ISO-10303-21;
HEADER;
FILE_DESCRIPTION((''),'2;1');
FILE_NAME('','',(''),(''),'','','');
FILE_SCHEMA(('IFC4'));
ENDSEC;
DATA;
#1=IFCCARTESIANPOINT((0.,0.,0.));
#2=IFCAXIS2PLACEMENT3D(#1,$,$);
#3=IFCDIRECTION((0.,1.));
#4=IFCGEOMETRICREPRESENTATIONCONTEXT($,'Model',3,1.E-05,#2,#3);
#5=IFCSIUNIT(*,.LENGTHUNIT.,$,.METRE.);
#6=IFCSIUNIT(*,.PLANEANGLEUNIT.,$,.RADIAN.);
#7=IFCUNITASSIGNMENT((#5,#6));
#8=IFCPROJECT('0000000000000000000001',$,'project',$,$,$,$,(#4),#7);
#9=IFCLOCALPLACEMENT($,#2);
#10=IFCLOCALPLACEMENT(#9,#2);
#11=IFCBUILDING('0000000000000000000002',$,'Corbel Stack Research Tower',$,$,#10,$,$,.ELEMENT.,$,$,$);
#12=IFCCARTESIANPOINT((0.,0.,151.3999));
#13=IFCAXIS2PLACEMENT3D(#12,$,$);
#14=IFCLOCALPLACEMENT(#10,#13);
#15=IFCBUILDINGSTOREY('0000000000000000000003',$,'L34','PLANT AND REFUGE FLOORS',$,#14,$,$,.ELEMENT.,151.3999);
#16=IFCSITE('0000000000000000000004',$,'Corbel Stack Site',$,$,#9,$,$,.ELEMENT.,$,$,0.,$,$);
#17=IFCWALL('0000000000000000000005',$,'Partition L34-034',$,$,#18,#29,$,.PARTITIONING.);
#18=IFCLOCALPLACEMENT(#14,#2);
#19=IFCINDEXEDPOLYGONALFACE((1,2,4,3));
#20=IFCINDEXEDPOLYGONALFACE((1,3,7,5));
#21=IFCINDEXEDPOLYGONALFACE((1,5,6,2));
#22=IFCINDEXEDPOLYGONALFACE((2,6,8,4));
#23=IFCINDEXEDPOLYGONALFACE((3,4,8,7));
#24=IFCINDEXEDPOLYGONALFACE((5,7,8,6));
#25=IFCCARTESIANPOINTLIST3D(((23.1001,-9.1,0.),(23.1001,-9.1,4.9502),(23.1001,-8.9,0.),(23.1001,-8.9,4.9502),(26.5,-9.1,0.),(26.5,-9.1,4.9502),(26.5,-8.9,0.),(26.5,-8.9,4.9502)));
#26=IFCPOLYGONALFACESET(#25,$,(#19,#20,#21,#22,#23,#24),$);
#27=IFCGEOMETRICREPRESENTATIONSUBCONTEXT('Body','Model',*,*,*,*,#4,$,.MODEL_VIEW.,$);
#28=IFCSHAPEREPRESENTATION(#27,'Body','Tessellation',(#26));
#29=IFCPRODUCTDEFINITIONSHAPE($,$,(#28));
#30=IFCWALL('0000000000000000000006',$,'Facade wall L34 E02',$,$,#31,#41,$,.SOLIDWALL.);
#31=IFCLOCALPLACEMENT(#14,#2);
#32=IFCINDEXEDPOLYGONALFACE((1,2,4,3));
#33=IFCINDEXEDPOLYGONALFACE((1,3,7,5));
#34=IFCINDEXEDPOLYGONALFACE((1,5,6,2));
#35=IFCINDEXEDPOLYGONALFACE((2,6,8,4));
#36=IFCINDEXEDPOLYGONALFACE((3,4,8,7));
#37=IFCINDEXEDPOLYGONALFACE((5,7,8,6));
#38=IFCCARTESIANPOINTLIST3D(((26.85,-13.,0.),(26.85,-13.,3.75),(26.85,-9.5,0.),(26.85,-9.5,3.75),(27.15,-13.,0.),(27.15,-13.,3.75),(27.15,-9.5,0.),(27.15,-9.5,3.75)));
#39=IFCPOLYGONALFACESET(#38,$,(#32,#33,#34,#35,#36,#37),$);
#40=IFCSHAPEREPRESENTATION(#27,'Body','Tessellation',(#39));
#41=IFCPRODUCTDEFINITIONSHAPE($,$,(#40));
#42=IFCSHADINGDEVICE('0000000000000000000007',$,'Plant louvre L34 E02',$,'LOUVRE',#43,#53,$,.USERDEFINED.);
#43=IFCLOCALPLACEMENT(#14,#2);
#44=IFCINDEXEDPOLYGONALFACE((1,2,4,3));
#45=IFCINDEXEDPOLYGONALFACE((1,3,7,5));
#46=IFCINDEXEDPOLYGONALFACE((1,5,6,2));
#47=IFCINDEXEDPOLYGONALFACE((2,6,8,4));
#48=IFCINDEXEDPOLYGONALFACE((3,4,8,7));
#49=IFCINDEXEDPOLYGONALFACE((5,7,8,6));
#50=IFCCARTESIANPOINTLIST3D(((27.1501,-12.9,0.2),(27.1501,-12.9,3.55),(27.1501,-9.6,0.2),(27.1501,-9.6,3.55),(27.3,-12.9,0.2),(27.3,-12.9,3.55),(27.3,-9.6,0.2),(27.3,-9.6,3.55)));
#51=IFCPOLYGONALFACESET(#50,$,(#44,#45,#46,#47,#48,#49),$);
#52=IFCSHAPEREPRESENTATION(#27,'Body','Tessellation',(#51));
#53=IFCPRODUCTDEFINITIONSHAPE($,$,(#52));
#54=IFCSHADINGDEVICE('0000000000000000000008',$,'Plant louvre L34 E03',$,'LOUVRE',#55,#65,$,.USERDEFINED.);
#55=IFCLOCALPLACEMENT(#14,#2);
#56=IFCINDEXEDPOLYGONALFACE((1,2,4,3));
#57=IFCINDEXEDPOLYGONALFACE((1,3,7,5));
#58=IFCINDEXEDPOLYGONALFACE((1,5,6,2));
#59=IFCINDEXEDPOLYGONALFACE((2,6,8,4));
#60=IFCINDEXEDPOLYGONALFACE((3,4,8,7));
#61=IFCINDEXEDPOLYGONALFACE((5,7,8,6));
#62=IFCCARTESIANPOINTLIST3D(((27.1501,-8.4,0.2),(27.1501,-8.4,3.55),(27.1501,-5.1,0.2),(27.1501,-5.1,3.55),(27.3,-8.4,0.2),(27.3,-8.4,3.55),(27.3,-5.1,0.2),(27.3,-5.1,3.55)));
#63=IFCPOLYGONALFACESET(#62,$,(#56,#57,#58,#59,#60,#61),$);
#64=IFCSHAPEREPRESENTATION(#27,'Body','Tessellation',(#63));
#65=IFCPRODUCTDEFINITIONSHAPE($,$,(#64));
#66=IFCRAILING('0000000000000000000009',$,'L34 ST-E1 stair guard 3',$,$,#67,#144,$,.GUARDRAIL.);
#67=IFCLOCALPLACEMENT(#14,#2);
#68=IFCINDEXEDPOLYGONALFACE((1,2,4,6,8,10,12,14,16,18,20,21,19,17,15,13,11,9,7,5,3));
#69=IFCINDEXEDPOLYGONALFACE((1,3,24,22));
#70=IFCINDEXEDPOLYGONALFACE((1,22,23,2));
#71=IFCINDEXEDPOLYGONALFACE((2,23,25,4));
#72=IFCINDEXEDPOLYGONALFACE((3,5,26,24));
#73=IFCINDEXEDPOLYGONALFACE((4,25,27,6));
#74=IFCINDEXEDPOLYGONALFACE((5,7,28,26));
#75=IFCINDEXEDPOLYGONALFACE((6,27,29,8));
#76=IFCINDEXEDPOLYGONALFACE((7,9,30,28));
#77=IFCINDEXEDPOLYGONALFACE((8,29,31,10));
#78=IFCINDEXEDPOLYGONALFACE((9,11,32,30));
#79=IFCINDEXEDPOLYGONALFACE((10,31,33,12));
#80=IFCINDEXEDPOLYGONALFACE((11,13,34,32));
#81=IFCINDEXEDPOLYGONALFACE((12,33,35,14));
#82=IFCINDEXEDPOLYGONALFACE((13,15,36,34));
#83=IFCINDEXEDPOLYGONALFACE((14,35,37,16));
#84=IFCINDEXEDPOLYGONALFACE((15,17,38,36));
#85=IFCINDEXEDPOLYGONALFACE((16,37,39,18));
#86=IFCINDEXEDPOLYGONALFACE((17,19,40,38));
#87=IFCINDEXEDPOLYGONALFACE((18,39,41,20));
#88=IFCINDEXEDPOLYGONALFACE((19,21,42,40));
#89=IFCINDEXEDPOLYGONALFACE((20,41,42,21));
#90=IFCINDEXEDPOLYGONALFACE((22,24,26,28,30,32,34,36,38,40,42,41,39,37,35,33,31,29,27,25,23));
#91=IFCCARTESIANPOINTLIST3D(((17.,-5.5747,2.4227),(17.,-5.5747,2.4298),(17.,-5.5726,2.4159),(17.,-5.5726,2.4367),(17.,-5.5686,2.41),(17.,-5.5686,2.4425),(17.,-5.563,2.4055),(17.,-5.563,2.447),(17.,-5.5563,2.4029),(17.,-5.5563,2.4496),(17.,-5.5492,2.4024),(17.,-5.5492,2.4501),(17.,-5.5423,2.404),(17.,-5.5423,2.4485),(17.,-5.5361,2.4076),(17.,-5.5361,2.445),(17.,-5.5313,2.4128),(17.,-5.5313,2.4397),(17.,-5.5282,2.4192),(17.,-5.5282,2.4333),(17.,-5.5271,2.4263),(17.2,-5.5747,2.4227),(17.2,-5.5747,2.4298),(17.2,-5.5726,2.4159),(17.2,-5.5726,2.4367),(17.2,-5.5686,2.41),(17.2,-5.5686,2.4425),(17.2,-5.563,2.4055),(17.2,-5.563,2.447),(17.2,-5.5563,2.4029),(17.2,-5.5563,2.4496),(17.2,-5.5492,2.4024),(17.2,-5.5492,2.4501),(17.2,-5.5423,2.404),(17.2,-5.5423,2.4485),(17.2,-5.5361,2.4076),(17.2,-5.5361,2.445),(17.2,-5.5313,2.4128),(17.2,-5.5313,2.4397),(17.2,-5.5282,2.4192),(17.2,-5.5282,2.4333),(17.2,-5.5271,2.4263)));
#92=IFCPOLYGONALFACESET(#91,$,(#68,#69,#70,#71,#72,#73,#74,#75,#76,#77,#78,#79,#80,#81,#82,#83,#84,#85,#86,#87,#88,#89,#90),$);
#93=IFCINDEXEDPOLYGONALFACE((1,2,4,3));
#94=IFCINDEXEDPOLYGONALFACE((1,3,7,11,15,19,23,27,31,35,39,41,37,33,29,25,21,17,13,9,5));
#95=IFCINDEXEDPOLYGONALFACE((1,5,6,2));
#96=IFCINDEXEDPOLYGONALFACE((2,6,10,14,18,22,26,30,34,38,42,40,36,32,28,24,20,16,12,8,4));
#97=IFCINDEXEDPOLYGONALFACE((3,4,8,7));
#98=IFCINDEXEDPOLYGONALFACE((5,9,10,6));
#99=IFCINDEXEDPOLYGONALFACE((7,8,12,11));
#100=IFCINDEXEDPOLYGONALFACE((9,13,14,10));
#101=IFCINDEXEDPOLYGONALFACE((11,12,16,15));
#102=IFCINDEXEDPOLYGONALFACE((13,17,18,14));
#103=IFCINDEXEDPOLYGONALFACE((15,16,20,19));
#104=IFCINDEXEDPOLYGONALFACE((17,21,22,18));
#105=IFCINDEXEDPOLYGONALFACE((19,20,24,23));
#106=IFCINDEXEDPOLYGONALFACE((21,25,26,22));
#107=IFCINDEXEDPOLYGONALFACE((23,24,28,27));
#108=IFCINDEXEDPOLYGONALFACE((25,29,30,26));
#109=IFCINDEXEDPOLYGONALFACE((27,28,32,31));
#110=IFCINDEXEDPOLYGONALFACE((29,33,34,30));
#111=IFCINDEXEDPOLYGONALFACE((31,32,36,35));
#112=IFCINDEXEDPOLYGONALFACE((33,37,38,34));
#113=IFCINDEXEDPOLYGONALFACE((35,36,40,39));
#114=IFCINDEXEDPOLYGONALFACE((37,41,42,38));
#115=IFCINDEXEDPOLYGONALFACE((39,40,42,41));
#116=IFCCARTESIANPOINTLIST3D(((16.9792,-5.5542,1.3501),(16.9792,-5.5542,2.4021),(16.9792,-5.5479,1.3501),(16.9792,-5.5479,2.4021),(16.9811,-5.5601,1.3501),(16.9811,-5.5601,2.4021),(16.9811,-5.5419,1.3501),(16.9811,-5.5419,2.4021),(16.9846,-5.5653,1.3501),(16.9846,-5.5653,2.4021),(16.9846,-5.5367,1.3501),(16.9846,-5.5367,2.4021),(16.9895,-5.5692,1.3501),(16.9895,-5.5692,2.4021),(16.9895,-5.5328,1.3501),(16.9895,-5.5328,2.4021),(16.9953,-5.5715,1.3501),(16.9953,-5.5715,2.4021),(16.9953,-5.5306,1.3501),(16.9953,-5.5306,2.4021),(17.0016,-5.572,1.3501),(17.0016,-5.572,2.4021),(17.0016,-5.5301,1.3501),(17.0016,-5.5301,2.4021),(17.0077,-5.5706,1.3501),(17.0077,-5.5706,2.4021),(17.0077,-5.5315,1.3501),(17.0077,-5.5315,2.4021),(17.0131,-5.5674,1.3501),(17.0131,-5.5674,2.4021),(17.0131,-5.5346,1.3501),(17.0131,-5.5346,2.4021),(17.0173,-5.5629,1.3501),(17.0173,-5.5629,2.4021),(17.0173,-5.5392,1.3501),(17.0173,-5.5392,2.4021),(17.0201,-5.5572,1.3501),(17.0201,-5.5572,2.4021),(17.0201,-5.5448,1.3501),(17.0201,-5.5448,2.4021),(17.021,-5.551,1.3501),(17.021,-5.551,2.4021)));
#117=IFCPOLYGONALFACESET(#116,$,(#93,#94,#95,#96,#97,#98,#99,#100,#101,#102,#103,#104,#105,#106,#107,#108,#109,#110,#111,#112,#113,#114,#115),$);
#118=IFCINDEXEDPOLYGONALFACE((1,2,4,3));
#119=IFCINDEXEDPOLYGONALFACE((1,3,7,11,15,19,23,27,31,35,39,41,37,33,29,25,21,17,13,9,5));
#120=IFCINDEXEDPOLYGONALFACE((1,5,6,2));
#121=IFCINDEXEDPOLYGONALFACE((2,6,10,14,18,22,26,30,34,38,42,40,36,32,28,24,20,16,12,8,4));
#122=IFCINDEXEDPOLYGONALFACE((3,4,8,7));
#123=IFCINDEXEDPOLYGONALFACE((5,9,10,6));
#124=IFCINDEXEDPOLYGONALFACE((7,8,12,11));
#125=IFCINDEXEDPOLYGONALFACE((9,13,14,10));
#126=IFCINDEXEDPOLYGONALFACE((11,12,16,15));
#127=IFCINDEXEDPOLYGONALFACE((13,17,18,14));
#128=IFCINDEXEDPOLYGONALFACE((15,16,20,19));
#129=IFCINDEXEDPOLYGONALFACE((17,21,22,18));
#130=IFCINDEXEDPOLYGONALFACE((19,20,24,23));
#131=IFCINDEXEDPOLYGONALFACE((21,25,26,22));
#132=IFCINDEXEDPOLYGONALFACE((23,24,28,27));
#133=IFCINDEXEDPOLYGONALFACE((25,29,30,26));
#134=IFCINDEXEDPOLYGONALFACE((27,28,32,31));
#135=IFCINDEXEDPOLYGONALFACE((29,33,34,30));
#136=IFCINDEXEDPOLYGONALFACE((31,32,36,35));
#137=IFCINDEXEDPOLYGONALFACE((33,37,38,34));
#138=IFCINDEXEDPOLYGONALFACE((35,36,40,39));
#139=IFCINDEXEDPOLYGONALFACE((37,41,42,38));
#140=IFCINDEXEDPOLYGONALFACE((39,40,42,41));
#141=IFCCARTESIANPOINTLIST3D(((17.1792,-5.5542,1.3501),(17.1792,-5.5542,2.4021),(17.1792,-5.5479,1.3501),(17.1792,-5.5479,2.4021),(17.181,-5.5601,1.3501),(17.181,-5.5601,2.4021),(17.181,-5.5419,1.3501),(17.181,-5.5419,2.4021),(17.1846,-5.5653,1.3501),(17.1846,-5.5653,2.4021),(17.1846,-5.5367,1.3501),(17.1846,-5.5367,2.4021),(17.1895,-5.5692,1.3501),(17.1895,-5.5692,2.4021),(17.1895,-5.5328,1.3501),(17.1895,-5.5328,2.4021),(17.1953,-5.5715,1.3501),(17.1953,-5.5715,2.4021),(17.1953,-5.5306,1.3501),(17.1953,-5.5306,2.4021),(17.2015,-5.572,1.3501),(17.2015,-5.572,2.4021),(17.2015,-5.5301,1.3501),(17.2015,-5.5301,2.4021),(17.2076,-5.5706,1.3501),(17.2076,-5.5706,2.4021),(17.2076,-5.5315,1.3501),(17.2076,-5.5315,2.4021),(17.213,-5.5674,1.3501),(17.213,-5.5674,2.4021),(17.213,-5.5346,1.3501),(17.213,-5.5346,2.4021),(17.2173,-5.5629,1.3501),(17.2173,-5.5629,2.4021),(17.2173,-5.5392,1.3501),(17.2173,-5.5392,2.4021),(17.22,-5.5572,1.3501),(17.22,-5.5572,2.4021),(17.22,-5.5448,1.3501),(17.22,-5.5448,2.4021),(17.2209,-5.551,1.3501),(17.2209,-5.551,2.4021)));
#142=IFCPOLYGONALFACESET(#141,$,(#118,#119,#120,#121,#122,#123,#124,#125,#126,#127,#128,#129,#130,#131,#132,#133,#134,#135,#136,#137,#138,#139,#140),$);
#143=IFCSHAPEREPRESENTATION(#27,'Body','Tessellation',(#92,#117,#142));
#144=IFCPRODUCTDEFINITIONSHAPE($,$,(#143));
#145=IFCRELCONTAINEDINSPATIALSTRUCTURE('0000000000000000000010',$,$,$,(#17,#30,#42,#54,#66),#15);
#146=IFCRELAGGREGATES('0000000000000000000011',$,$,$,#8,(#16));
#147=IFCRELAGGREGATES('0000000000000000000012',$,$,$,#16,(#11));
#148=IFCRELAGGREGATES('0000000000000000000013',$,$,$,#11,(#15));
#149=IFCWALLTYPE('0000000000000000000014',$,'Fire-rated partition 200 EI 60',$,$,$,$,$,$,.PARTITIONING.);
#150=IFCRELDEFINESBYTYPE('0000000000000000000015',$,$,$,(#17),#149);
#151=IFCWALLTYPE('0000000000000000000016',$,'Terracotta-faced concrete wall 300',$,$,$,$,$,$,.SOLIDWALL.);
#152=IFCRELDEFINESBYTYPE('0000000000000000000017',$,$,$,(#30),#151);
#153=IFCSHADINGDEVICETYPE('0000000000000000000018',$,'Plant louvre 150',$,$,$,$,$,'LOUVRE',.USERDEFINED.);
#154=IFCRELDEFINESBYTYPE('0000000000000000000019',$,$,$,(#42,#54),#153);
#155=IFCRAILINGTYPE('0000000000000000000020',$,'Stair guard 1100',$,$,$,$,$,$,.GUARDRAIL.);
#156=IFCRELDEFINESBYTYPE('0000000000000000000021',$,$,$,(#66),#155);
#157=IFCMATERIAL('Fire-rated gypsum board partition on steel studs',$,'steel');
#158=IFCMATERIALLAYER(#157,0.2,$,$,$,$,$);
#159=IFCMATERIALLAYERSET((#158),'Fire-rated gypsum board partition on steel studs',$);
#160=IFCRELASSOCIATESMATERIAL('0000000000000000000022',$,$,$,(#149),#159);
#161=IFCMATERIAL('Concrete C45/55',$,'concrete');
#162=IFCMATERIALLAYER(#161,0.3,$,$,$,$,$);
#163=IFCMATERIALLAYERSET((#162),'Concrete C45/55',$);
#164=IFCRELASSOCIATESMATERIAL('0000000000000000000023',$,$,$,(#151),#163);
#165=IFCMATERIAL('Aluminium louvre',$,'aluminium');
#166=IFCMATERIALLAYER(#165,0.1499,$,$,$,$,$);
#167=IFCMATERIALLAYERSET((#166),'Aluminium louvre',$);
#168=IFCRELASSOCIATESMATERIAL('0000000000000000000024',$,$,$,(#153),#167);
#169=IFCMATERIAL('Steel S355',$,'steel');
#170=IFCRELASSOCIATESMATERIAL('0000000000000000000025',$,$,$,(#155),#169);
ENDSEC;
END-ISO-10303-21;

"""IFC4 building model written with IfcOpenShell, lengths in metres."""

from ifc_helpers import new_model, si_unit, direction, frame, frame_2d, origin, origin_2d, place, context, subcontext, project, spatial, rectangle, circle, extrude, material, layer, layer_set, type_object, element, save


model = new_model("IFC4")

# Units and contexts
model_context = context("Model", 3, precision=1e-05, world=origin(), true_north=direction((0.0, 1.0)))
body_context = subcontext(model_context, "Body", "Model", "MODEL_VIEW")
ifc_project = project(units=[si_unit("LENGTHUNIT", "METRE"), si_unit("PLANEANGLEUNIT", "RADIAN")], contexts=[model_context])

# Site, building, storey
site_placement = place(None, origin())
site = spatial("IfcSite", under=ifc_project, at=site_placement, Name="Corbel Stack Site", CompositionType="ELEMENT", RefElevation=0.0)
building_placement = place(site_placement, origin())
building = spatial("IfcBuilding", under=site, at=building_placement, Name="Corbel Stack Research Tower", CompositionType="ELEMENT")
storey_placement = place(building_placement, frame((0.0, 0.0, 151.3999)))
storey = spatial("IfcBuildingStorey", under=building, at=storey_placement, Name="L34", Description="PLANT AND REFUGE FLOORS", CompositionType="ELEMENT", Elevation=151.3999)

# Shared definitions
ifc_material_1 = material(Name="Fire-rated gypsum board partition on steel studs", Category="steel")
ifc_layer_1 = layer(ifc_material_1, 0.2)
ifc_layer_set_1 = layer_set([ifc_layer_1], Name="Fire-rated gypsum board partition on steel studs")
wall_type_1 = type_object("IfcWallType", Name="Fire-rated partition 200 EI 60", PredefinedType="PARTITIONING", material=ifc_layer_set_1)

# Walls
wall_1_placement = place(storey_placement, frame((23.1001, -9.0, 0.0), z_axis=(0.0, 0.0, 1.0), x_axis=(1.0, 0.0, 0.0)))
element("IfcWall", 1, at=wall_1_placement, inside=storey, type_object=wall_type_1, Name="Partition L34-034", PredefinedType="PARTITIONING", context=body_context, shape_type="SweptSolid", body=[
    extrude(rectangle(XDim=3.3999, YDim=0.2, at=frame_2d((1.7, 0.0))), origin(), (0.0, 0.0, 1.0), 4.9502),
])
ifc_material_2 = material(Name="Concrete C45/55", Category="concrete")
ifc_layer_2 = layer(ifc_material_2, 0.3)
ifc_layer_set_2 = layer_set([ifc_layer_2], Name="Concrete C45/55")
wall_type_2 = type_object("IfcWallType", Name="Terracotta-faced concrete wall 300", PredefinedType="SOLIDWALL", material=ifc_layer_set_2)
wall_2_placement = place(storey_placement, frame((27.0, -9.5, 0.0), z_axis=(0.0, 0.0, 1.0), x_axis=(0.0, -1.0, 0.0)))
element("IfcWall", 2, at=wall_2_placement, inside=storey, type_object=wall_type_2, Name="Facade wall L34 E02", PredefinedType="SOLIDWALL", context=body_context, shape_type="SweptSolid", body=[
    extrude(rectangle(XDim=3.5, YDim=0.3, at=frame_2d((1.75, 0.0))), origin(), (0.0, 0.0, 1.0), 3.75),
])

# Shading devices
ifc_material_3 = material(Name="Aluminium louvre", Category="aluminium")
ifc_layer_3 = layer(ifc_material_3, 0.1499)
ifc_layer_set_3 = layer_set([ifc_layer_3], Name="Aluminium louvre")
shading_device_type = type_object("IfcShadingDeviceType", Name="Plant louvre 150", ElementType="LOUVRE", PredefinedType="USERDEFINED", material=ifc_layer_set_3)
for number, where, z_axis, x_axis, name in (
    (3, (27.2251, -11.25, 0.2), (0.0, 0.0, 1.0), (0.0, 1.0, 0.0), "Plant louvre L34 E02"),
    (4, (27.2251, -6.75, 0.2), (0.0, 0.0, 1.0), (0.0, 1.0, 0.0), "Plant louvre L34 E03"),
):
    element("IfcShadingDevice", number, at=place(storey_placement, frame(where, z_axis=z_axis, x_axis=x_axis)), inside=storey, type_object=shading_device_type, Name=name, ObjectType="LOUVRE", PredefinedType="USERDEFINED", context=body_context, shape_type="SweptSolid", body=[
        extrude(rectangle(XDim=3.3, YDim=0.1499, at=origin_2d()), origin(), (0.0, 0.0, 1.0), 3.3501),
    ])

# Railing
ifc_material_4 = material(Name="Steel S355", Category="steel")
railing_type = type_object("IfcRailingType", Name="Stair guard 1100", PredefinedType="GUARDRAIL", material=ifc_material_4)
for number, where, name in (
    (5, (17.0, -5.551, 1.3501), "L34 ST-E1 stair guard 3"),
):
    element("IfcRailing", number, at=place(storey_placement, frame(where)), inside=storey, type_object=railing_type, Name=name, PredefinedType="GUARDRAIL", context=body_context, shape_type="SweptSolid", body=[
        extrude(circle(Radius=0.0239, at=origin_2d()), frame((0.0, 0.0, 1.0762), z_axis=(1.0, 0.0, 0.0), x_axis=(0.0, 1.0, 0.0)), (0.0, 0.0, 1.0), 0.2),
        extrude(circle(Radius=0.021, at=origin_2d()), origin(), (0.0, 0.0, 1.0), 1.052),
        extrude(circle(Radius=0.021, at=origin_2d()), frame((0.2, 0.0, 0.0)), (0.0, 0.0, 1.0), 1.052),
    ])

save(model, "model.ifc")
